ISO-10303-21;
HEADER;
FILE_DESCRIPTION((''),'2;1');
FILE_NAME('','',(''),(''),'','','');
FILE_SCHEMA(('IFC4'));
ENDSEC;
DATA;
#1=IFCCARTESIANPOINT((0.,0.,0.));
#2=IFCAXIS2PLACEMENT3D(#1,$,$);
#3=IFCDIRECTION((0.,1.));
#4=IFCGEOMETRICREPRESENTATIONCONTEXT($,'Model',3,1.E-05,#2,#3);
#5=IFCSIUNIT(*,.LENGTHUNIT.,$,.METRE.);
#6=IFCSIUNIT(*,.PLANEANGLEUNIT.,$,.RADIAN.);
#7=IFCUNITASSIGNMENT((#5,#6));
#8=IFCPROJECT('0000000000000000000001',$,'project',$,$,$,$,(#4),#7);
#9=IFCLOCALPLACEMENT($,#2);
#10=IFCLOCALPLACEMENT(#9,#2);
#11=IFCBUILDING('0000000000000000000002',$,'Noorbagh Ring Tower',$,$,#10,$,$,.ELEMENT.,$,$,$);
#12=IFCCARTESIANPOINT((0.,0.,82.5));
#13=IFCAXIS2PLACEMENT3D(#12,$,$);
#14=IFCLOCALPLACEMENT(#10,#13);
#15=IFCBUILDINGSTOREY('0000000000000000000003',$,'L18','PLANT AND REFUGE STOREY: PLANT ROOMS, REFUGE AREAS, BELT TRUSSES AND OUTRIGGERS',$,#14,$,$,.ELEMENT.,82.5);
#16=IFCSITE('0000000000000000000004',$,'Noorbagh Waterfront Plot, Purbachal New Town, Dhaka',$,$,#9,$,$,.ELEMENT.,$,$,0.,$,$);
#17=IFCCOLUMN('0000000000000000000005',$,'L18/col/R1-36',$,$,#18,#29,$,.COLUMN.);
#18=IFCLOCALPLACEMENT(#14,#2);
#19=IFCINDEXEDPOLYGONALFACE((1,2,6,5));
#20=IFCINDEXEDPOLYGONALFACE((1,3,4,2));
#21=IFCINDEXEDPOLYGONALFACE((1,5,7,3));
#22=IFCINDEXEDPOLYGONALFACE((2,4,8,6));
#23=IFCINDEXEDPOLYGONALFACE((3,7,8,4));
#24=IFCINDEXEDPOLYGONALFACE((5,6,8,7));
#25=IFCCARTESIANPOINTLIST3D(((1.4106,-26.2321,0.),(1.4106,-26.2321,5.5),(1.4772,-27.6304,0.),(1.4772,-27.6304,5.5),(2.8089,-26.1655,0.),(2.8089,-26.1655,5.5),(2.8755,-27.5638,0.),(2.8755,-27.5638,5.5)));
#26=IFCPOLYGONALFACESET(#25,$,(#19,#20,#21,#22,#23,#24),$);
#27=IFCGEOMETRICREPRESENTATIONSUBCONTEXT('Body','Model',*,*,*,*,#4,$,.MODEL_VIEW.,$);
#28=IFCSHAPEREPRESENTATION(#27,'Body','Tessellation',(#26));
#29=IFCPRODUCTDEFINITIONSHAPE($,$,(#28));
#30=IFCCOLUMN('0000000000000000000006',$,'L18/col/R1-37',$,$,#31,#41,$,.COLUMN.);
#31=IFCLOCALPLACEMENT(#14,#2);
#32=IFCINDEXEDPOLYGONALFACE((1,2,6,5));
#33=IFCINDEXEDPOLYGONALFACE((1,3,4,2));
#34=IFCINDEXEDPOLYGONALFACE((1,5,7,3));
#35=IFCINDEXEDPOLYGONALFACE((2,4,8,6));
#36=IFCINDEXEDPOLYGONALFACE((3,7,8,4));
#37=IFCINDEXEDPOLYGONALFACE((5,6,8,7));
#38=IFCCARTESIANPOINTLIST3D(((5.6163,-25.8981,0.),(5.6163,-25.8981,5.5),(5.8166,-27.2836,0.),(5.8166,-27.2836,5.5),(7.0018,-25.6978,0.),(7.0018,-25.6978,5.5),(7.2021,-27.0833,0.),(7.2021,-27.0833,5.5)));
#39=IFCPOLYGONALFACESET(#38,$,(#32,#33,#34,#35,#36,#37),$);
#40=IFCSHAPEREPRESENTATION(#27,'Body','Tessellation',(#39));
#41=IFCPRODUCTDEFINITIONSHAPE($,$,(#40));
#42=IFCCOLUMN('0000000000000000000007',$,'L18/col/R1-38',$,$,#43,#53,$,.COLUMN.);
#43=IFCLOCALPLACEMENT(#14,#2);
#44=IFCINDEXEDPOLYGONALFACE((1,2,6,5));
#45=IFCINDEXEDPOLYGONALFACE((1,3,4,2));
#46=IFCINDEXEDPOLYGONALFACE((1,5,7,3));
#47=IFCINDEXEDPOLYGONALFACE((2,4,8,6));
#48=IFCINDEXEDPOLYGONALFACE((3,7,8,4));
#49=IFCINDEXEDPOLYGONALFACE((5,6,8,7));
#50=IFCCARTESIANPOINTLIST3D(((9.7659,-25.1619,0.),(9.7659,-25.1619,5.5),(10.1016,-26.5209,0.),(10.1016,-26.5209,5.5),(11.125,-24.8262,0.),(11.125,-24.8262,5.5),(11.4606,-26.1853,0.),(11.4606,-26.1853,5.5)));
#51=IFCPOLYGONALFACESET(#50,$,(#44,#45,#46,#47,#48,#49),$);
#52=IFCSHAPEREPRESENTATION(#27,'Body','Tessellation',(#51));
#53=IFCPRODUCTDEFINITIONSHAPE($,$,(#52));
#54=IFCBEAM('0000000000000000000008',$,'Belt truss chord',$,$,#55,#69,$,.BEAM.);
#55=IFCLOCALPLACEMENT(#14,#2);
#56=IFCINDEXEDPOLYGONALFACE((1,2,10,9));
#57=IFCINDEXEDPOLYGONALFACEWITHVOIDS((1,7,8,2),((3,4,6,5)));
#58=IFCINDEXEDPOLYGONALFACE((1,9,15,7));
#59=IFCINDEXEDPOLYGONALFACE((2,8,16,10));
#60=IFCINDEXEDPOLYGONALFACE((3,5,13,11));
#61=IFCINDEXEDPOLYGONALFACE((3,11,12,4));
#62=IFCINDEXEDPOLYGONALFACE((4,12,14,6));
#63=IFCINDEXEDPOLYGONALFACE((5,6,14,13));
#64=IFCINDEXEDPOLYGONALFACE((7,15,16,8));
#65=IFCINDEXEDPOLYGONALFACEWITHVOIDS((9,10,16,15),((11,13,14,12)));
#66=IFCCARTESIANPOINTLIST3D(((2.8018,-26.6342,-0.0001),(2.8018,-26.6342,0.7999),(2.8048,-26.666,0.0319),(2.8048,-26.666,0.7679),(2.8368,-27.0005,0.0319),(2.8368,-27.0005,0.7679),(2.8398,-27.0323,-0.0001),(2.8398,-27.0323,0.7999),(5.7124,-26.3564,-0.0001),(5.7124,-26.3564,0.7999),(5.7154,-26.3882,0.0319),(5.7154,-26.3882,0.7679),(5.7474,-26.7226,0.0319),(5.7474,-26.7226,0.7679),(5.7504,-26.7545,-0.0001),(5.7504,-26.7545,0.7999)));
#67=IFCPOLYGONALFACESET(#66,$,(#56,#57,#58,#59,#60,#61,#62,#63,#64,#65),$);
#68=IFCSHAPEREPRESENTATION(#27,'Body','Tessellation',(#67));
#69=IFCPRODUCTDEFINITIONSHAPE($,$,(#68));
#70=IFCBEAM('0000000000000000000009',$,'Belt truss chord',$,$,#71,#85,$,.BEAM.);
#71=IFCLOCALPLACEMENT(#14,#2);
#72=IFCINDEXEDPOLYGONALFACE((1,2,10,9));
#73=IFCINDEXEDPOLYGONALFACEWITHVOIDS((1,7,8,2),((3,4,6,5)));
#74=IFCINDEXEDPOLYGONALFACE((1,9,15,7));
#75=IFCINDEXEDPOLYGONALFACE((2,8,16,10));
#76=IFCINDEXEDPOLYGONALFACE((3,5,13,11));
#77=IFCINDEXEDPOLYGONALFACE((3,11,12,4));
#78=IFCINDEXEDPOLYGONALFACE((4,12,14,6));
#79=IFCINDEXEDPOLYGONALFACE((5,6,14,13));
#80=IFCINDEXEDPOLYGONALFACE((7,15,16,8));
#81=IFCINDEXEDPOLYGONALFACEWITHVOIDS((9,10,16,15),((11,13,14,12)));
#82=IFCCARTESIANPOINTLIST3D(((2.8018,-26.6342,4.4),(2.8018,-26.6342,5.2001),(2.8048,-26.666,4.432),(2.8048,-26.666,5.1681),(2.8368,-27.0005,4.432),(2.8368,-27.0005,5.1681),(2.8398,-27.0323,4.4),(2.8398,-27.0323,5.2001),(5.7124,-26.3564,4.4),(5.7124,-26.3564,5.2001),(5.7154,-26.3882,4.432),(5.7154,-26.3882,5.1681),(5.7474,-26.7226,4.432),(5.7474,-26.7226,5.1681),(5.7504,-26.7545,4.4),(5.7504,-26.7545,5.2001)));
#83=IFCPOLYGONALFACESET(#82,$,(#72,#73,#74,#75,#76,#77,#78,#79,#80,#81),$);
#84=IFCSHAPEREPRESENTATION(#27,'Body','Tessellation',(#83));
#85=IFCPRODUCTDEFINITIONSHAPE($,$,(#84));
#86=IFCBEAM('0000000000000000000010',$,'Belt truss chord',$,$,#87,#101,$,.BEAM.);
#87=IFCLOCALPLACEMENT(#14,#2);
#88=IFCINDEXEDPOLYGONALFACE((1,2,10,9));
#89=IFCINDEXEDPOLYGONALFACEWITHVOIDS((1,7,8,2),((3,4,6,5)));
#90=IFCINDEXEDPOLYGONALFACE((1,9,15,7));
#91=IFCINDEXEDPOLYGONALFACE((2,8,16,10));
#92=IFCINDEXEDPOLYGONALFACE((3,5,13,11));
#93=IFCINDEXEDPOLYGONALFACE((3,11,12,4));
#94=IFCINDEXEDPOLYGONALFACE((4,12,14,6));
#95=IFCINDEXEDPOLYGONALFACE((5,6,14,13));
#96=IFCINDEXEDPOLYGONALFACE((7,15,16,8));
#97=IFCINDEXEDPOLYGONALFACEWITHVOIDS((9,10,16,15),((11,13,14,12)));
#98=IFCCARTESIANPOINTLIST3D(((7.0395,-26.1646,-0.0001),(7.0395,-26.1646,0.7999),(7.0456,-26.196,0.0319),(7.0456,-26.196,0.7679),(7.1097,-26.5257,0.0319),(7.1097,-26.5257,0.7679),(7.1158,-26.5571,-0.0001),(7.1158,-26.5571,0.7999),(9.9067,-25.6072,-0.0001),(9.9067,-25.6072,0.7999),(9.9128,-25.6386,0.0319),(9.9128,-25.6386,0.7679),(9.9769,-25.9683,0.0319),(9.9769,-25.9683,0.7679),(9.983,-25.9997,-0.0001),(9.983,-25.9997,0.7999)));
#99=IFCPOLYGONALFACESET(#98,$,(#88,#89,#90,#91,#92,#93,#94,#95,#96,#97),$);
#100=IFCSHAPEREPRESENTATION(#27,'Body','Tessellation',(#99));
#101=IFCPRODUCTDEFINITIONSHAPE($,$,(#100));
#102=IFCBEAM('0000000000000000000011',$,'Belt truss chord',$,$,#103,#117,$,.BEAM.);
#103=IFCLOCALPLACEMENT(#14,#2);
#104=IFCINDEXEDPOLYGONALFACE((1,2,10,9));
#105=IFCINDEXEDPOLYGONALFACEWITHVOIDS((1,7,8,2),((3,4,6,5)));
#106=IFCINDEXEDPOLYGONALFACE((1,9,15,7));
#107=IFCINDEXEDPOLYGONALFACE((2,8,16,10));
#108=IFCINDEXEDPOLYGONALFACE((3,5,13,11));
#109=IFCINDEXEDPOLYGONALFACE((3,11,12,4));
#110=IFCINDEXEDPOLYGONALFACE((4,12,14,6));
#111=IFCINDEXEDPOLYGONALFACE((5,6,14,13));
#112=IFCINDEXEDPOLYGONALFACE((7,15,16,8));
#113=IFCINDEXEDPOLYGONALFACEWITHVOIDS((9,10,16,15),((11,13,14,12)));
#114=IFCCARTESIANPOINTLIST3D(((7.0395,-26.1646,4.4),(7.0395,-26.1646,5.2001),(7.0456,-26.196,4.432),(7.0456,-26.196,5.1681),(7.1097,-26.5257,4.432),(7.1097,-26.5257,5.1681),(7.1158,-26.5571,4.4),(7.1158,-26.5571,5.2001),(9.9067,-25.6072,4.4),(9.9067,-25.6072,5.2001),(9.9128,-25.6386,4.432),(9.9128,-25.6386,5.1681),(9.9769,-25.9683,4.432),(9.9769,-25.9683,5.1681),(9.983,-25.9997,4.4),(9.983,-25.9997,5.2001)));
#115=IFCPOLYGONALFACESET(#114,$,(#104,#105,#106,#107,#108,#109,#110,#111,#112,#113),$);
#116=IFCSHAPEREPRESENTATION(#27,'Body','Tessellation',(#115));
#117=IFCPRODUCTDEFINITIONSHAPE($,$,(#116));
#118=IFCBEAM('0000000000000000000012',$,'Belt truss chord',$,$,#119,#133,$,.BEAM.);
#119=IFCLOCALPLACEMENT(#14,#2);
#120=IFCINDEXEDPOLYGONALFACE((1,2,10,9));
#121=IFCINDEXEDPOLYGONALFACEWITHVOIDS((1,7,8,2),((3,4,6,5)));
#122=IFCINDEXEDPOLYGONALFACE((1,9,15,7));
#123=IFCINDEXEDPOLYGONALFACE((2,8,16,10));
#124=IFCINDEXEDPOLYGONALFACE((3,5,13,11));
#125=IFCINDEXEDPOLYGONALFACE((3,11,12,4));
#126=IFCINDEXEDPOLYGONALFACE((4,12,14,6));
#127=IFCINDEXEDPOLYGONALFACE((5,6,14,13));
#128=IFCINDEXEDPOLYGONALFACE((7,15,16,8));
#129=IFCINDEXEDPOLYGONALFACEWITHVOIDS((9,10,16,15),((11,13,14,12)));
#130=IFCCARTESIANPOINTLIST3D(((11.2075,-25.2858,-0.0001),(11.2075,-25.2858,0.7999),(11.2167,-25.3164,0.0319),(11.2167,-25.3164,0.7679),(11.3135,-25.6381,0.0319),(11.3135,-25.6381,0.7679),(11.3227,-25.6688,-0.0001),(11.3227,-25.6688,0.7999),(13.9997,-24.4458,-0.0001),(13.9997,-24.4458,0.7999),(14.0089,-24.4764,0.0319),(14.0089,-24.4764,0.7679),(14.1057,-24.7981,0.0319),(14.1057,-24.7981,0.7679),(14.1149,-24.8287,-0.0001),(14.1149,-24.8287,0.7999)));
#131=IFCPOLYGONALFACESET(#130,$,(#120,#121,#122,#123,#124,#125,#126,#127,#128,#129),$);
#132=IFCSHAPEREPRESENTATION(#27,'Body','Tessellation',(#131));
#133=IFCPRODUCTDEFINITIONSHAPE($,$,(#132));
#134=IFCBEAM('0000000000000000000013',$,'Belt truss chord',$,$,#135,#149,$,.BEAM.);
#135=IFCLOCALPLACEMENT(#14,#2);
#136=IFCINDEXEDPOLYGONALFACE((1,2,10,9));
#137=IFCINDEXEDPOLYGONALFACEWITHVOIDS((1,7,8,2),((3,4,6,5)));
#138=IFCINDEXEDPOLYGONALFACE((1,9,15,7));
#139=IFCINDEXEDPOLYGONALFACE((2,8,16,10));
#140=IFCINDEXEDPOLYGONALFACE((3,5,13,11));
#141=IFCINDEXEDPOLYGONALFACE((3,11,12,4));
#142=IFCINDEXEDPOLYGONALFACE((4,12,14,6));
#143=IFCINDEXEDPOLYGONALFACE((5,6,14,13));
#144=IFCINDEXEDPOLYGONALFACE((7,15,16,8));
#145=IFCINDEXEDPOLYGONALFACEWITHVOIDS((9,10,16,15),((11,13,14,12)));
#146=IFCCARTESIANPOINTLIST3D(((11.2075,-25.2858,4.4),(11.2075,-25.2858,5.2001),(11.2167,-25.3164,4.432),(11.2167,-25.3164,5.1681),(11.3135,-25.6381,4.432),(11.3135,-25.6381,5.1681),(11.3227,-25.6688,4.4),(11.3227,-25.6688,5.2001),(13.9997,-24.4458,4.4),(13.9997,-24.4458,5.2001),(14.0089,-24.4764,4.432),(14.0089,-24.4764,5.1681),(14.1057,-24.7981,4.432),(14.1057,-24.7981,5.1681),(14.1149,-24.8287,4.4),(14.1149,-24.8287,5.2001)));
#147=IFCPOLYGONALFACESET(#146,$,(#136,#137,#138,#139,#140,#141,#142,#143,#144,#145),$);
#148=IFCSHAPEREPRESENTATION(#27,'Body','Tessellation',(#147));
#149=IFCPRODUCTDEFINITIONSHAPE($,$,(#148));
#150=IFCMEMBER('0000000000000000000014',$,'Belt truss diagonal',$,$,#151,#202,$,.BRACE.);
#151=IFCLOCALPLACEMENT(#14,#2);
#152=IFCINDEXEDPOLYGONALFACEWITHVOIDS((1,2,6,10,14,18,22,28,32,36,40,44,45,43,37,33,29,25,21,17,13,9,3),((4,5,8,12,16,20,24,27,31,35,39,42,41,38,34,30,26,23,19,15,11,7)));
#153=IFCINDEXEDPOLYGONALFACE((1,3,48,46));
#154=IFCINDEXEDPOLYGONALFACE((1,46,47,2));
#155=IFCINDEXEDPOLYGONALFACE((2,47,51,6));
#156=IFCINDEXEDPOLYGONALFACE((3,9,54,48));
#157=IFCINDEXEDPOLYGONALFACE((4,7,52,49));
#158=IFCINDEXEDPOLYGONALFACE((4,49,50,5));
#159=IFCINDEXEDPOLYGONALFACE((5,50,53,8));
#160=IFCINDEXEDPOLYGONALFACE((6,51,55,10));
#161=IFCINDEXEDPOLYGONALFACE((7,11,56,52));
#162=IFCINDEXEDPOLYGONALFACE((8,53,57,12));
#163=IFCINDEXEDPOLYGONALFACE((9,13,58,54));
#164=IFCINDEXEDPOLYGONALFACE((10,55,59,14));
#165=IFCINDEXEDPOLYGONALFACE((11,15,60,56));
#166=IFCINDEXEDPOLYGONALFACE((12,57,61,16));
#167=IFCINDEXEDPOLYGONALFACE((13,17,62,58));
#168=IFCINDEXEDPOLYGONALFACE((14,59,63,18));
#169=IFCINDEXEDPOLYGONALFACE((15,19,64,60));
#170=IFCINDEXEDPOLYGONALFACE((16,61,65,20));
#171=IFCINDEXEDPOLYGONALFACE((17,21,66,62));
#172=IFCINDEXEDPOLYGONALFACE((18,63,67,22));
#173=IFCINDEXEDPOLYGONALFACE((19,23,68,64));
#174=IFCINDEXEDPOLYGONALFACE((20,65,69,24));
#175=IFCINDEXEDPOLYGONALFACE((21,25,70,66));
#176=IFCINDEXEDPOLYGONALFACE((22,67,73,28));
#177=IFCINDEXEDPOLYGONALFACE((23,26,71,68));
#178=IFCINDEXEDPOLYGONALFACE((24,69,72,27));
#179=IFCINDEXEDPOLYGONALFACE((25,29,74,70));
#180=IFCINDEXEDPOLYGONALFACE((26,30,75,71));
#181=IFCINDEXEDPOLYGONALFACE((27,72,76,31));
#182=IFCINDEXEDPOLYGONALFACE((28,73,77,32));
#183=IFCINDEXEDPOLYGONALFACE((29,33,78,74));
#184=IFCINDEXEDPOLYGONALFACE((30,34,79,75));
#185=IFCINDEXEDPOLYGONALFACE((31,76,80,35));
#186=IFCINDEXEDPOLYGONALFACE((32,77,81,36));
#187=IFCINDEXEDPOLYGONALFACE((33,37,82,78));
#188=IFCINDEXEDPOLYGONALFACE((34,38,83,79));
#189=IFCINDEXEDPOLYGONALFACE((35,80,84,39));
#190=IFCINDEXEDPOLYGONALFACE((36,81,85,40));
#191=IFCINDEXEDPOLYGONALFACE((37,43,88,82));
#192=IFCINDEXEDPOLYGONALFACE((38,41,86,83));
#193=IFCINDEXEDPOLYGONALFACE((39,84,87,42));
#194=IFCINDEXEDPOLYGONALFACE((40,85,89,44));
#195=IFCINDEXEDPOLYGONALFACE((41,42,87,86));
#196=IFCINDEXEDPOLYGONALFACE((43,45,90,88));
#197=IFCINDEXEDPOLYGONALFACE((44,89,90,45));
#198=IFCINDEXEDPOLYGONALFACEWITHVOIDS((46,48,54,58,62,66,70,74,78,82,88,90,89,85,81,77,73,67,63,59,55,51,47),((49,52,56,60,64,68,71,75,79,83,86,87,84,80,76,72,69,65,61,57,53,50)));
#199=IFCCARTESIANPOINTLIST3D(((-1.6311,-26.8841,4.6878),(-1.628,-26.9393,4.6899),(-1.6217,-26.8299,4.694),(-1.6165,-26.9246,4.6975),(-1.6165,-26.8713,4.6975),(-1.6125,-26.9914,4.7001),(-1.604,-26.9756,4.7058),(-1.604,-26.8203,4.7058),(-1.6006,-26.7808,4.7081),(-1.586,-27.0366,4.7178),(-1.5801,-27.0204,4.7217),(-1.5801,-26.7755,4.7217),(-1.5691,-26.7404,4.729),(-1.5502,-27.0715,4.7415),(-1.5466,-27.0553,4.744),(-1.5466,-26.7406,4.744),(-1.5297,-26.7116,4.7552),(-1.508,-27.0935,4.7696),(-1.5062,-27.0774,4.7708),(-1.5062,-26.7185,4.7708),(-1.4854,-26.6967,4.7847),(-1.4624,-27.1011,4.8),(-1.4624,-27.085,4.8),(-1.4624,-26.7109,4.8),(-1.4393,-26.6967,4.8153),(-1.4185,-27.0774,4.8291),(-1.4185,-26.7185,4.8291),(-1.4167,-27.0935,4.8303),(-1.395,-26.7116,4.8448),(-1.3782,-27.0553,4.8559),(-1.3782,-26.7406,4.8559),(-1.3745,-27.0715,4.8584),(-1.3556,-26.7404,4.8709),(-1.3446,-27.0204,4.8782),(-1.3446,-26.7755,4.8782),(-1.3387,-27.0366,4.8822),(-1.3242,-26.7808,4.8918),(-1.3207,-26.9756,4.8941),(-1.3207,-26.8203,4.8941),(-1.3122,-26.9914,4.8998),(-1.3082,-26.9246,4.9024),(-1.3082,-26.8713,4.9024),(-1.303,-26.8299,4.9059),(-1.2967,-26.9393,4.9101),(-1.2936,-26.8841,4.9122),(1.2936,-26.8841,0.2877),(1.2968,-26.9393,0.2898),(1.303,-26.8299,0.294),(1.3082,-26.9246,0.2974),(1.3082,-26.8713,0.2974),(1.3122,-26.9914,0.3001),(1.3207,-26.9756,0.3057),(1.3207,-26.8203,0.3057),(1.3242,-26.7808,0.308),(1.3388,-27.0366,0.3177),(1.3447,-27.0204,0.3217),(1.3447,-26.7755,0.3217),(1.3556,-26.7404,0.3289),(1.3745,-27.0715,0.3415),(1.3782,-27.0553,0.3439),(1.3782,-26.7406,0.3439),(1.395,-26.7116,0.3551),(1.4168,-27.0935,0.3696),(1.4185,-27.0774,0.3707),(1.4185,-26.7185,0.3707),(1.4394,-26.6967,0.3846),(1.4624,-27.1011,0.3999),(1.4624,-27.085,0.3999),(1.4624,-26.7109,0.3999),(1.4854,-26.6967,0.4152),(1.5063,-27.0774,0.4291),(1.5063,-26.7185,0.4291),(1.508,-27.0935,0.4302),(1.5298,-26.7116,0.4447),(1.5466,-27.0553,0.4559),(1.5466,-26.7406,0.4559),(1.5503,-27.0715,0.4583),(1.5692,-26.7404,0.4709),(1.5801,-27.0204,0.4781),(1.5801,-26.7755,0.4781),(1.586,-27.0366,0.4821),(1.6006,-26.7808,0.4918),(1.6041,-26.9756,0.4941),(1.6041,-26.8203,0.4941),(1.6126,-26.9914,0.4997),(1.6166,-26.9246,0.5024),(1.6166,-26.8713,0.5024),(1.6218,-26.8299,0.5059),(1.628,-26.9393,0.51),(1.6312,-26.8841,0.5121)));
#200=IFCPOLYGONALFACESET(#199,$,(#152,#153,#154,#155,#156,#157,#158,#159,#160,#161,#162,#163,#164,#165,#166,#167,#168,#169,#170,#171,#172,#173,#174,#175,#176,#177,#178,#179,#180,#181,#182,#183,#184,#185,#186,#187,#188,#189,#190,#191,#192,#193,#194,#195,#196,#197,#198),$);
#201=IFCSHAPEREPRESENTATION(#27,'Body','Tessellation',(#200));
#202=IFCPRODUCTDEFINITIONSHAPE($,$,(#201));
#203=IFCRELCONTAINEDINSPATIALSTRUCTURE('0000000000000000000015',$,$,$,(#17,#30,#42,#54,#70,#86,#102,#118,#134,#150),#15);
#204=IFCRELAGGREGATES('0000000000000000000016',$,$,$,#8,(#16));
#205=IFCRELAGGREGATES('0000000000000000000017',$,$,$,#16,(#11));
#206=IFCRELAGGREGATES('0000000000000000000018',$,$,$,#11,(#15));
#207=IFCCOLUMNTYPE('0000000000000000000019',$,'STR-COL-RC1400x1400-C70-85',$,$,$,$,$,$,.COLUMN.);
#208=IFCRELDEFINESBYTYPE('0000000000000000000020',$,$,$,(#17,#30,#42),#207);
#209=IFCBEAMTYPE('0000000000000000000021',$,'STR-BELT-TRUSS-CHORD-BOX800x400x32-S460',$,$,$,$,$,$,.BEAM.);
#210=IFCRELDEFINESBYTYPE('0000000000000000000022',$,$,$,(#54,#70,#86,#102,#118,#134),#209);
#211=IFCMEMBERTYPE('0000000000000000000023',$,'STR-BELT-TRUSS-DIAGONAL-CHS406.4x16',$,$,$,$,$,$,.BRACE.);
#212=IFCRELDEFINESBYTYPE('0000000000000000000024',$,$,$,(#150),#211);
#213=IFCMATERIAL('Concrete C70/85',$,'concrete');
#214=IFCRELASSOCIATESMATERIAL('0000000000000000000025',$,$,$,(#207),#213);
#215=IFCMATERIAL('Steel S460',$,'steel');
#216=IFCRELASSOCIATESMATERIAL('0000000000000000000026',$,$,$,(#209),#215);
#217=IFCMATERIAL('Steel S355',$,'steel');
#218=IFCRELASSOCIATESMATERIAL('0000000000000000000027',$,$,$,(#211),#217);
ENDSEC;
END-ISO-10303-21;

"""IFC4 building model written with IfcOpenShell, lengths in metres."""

from ifc_helpers import new_model, si_unit, direction, frame, origin, origin_2d, place, context, subcontext, project, spatial, rectangle, hollow_rectangle, hollow_circle, extrude, material, material_profile, profile_set, type_object, element, save


model = new_model("IFC4")

# Units and contexts
model_context = context("Model", 3, precision=1e-05, world=origin(), true_north=direction((0.0, 1.0)))
body_context = subcontext(model_context, "Body", "Model", "MODEL_VIEW")
ifc_project = project(units=[si_unit("LENGTHUNIT", "METRE"), si_unit("PLANEANGLEUNIT", "RADIAN")], contexts=[model_context])

# Site, building, storey
site_placement = place(None, origin())
site = spatial("IfcSite", under=ifc_project, at=site_placement, Name="Noorbagh Waterfront Plot, Purbachal New Town, Dhaka", CompositionType="ELEMENT", RefElevation=0.0)
building_placement = place(site_placement, origin())
building = spatial("IfcBuilding", under=site, at=building_placement, Name="Noorbagh Ring Tower", CompositionType="ELEMENT")
storey_placement = place(building_placement, frame((0.0, 0.0, 82.5)))
storey = spatial("IfcBuildingStorey", under=building, at=storey_placement, Name="L18", Description="PLANT AND REFUGE STOREY: PLANT ROOMS, REFUGE AREAS, BELT TRUSSES AND OUTRIGGERS", CompositionType="ELEMENT", Elevation=82.5)

# Columns
ifc_material_1 = material(Name="Concrete C70/85", Category="concrete")
ifc_material_profile_1 = material_profile(ifc_material_1, rectangle(XDim=1.3999, YDim=1.3999, at=origin_2d()), Name="RC1400x1400")
ifc_profile_set_1 = profile_set([ifc_material_profile_1], Name="Concrete C70/85")
column_type = type_object("IfcColumnType", Name="STR-COL-RC1400x1400-C70-85", PredefinedType="COLUMN", material=ifc_profile_set_1)
for number, where, z_axis, x_axis, name in (
    (1, (2.1431, -26.8979, 0.0), (0.0, 0.0, 1.0), (0.998869, 0.047553, 0.0), "L18/col/R1-36"),
    (2, (6.4092, -26.4907, 0.0), (0.0, 0.0, 1.0), (0.989713, 0.143066, 0.0), "L18/col/R1-37"),
    (3, (10.6133, -25.6736, 0.0), (0.0, 0.0, 1.0), (0.970829, 0.239771, 0.0), "L18/col/R1-38"),
):
    element("IfcColumn", number, at=place(storey_placement, frame(where, z_axis=z_axis, x_axis=x_axis)), inside=storey, type_object=column_type, Name=name, PredefinedType="COLUMN", context=body_context, shape_type="SweptSolid", body=[
        extrude(rectangle(XDim=1.3999, YDim=1.3999, at=origin_2d()), origin(), (0.0, 0.0, 1.0), 5.5),
    ])

# Beams
ifc_material_2 = material(Name="Steel S460", Category="steel")
ifc_material_profile_2 = material_profile(ifc_material_2, hollow_rectangle(XDim=0.3999, YDim=0.8, WallThickness=0.032, at=origin_2d()), Name="BOX800x400x32")
ifc_profile_set_2 = profile_set([ifc_material_profile_2], Name="Steel S460")
beam_type_1 = type_object("IfcBeamType", Name="STR-BELT-TRUSS-CHORD-BOX800x400x32-S460", PredefinedType="BEAM", material=ifc_profile_set_2)
for number, where, z_axis, x_axis, name in (
    (4, (2.8208, -26.8333, 0.3999), (0.995475, 0.095022, 0.0), (-0.095022, 0.995475, 0.0), "Belt truss chord"),
    (5, (2.8208, -26.8333, 4.8), (0.995475, 0.095022, 0.0), (-0.095022, 0.995475, 0.0), "Belt truss chord"),
):
    element("IfcBeam", number, at=place(storey_placement, frame(where, z_axis=z_axis, x_axis=x_axis)), inside=storey, type_object=beam_type_1, Name=name, PredefinedType="BEAM", context=body_context, shape_type="SweptSolid", body=[
        extrude(hollow_rectangle(XDim=0.3999, YDim=0.8, WallThickness=0.032, at=origin_2d()), origin(), (0.0, 0.0, 1.0), 2.9238),
    ])
for number, where, z_axis, x_axis, name in (
    (6, (7.0776, -26.3608, 0.3999), (0.981624, 0.190825, 0.0), (-0.190825, 0.981624, 0.0), "Belt truss chord"),
    (7, (7.0776, -26.3608, 4.8), (0.981624, 0.190825, 0.0), (-0.190825, 0.981624, 0.0), "Belt truss chord"),
):
    element("IfcBeam", number, at=place(storey_placement, frame(where, z_axis=z_axis, x_axis=x_axis)), inside=storey, type_object=beam_type_1, Name=name, PredefinedType="BEAM", context=body_context, shape_type="SweptSolid", body=[
        extrude(hollow_rectangle(XDim=0.3999, YDim=0.8, WallThickness=0.032, at=origin_2d()), origin(), (0.0, 0.0, 1.0), 2.9209),
    ])
for number, where, z_axis, x_axis, name in (
    (8, (11.2651, -25.4773, 0.3999), (0.957598, 0.288108, 0.0), (-0.288108, 0.957598, 0.0), "Belt truss chord"),
    (9, (11.2651, -25.4773, 4.8), (0.957598, 0.288108, 0.0), (-0.288108, 0.957598, 0.0), "Belt truss chord"),
):
    element("IfcBeam", number, at=place(storey_placement, frame(where, z_axis=z_axis, x_axis=x_axis)), inside=storey, type_object=beam_type_1, Name=name, PredefinedType="BEAM", context=body_context, shape_type="SweptSolid", body=[
        extrude(hollow_rectangle(XDim=0.3999, YDim=0.8, WallThickness=0.032, at=origin_2d()), origin(), (0.0, 0.0, 1.0), 2.9158),
    ])

# Member
ifc_material_3 = material(Name="Steel S355", Category="steel")
ifc_material_profile_3 = material_profile(ifc_material_3, hollow_circle(Radius=0.2031, WallThickness=0.0161, at=origin_2d()), Name="CHS406.4x16")
ifc_profile_set_3 = profile_set([ifc_material_profile_3], Name="Steel S355")
member_type = type_object("IfcMemberType", Name="STR-BELT-TRUSS-DIAGONAL-CHS406.4x16", PredefinedType="BRACE", material=ifc_profile_set_3)
member_1_placement = place(storey_placement, frame((1.4624, -26.8979, 0.3999), z_axis=(-0.553569, 0.0, 0.832803), x_axis=(0.0, -1.0, 0.0)))
element("IfcMember", 10, at=member_1_placement, inside=storey, type_object=member_type, Name="Belt truss diagonal", PredefinedType="BRACE", context=body_context, shape_type="SweptSolid", body=[
    extrude(hollow_circle(Radius=0.2031, WallThickness=0.0161, at=origin_2d()), origin(), (0.0, 0.0, 1.0), 5.2834),
])

save(model, "model.ifc")
